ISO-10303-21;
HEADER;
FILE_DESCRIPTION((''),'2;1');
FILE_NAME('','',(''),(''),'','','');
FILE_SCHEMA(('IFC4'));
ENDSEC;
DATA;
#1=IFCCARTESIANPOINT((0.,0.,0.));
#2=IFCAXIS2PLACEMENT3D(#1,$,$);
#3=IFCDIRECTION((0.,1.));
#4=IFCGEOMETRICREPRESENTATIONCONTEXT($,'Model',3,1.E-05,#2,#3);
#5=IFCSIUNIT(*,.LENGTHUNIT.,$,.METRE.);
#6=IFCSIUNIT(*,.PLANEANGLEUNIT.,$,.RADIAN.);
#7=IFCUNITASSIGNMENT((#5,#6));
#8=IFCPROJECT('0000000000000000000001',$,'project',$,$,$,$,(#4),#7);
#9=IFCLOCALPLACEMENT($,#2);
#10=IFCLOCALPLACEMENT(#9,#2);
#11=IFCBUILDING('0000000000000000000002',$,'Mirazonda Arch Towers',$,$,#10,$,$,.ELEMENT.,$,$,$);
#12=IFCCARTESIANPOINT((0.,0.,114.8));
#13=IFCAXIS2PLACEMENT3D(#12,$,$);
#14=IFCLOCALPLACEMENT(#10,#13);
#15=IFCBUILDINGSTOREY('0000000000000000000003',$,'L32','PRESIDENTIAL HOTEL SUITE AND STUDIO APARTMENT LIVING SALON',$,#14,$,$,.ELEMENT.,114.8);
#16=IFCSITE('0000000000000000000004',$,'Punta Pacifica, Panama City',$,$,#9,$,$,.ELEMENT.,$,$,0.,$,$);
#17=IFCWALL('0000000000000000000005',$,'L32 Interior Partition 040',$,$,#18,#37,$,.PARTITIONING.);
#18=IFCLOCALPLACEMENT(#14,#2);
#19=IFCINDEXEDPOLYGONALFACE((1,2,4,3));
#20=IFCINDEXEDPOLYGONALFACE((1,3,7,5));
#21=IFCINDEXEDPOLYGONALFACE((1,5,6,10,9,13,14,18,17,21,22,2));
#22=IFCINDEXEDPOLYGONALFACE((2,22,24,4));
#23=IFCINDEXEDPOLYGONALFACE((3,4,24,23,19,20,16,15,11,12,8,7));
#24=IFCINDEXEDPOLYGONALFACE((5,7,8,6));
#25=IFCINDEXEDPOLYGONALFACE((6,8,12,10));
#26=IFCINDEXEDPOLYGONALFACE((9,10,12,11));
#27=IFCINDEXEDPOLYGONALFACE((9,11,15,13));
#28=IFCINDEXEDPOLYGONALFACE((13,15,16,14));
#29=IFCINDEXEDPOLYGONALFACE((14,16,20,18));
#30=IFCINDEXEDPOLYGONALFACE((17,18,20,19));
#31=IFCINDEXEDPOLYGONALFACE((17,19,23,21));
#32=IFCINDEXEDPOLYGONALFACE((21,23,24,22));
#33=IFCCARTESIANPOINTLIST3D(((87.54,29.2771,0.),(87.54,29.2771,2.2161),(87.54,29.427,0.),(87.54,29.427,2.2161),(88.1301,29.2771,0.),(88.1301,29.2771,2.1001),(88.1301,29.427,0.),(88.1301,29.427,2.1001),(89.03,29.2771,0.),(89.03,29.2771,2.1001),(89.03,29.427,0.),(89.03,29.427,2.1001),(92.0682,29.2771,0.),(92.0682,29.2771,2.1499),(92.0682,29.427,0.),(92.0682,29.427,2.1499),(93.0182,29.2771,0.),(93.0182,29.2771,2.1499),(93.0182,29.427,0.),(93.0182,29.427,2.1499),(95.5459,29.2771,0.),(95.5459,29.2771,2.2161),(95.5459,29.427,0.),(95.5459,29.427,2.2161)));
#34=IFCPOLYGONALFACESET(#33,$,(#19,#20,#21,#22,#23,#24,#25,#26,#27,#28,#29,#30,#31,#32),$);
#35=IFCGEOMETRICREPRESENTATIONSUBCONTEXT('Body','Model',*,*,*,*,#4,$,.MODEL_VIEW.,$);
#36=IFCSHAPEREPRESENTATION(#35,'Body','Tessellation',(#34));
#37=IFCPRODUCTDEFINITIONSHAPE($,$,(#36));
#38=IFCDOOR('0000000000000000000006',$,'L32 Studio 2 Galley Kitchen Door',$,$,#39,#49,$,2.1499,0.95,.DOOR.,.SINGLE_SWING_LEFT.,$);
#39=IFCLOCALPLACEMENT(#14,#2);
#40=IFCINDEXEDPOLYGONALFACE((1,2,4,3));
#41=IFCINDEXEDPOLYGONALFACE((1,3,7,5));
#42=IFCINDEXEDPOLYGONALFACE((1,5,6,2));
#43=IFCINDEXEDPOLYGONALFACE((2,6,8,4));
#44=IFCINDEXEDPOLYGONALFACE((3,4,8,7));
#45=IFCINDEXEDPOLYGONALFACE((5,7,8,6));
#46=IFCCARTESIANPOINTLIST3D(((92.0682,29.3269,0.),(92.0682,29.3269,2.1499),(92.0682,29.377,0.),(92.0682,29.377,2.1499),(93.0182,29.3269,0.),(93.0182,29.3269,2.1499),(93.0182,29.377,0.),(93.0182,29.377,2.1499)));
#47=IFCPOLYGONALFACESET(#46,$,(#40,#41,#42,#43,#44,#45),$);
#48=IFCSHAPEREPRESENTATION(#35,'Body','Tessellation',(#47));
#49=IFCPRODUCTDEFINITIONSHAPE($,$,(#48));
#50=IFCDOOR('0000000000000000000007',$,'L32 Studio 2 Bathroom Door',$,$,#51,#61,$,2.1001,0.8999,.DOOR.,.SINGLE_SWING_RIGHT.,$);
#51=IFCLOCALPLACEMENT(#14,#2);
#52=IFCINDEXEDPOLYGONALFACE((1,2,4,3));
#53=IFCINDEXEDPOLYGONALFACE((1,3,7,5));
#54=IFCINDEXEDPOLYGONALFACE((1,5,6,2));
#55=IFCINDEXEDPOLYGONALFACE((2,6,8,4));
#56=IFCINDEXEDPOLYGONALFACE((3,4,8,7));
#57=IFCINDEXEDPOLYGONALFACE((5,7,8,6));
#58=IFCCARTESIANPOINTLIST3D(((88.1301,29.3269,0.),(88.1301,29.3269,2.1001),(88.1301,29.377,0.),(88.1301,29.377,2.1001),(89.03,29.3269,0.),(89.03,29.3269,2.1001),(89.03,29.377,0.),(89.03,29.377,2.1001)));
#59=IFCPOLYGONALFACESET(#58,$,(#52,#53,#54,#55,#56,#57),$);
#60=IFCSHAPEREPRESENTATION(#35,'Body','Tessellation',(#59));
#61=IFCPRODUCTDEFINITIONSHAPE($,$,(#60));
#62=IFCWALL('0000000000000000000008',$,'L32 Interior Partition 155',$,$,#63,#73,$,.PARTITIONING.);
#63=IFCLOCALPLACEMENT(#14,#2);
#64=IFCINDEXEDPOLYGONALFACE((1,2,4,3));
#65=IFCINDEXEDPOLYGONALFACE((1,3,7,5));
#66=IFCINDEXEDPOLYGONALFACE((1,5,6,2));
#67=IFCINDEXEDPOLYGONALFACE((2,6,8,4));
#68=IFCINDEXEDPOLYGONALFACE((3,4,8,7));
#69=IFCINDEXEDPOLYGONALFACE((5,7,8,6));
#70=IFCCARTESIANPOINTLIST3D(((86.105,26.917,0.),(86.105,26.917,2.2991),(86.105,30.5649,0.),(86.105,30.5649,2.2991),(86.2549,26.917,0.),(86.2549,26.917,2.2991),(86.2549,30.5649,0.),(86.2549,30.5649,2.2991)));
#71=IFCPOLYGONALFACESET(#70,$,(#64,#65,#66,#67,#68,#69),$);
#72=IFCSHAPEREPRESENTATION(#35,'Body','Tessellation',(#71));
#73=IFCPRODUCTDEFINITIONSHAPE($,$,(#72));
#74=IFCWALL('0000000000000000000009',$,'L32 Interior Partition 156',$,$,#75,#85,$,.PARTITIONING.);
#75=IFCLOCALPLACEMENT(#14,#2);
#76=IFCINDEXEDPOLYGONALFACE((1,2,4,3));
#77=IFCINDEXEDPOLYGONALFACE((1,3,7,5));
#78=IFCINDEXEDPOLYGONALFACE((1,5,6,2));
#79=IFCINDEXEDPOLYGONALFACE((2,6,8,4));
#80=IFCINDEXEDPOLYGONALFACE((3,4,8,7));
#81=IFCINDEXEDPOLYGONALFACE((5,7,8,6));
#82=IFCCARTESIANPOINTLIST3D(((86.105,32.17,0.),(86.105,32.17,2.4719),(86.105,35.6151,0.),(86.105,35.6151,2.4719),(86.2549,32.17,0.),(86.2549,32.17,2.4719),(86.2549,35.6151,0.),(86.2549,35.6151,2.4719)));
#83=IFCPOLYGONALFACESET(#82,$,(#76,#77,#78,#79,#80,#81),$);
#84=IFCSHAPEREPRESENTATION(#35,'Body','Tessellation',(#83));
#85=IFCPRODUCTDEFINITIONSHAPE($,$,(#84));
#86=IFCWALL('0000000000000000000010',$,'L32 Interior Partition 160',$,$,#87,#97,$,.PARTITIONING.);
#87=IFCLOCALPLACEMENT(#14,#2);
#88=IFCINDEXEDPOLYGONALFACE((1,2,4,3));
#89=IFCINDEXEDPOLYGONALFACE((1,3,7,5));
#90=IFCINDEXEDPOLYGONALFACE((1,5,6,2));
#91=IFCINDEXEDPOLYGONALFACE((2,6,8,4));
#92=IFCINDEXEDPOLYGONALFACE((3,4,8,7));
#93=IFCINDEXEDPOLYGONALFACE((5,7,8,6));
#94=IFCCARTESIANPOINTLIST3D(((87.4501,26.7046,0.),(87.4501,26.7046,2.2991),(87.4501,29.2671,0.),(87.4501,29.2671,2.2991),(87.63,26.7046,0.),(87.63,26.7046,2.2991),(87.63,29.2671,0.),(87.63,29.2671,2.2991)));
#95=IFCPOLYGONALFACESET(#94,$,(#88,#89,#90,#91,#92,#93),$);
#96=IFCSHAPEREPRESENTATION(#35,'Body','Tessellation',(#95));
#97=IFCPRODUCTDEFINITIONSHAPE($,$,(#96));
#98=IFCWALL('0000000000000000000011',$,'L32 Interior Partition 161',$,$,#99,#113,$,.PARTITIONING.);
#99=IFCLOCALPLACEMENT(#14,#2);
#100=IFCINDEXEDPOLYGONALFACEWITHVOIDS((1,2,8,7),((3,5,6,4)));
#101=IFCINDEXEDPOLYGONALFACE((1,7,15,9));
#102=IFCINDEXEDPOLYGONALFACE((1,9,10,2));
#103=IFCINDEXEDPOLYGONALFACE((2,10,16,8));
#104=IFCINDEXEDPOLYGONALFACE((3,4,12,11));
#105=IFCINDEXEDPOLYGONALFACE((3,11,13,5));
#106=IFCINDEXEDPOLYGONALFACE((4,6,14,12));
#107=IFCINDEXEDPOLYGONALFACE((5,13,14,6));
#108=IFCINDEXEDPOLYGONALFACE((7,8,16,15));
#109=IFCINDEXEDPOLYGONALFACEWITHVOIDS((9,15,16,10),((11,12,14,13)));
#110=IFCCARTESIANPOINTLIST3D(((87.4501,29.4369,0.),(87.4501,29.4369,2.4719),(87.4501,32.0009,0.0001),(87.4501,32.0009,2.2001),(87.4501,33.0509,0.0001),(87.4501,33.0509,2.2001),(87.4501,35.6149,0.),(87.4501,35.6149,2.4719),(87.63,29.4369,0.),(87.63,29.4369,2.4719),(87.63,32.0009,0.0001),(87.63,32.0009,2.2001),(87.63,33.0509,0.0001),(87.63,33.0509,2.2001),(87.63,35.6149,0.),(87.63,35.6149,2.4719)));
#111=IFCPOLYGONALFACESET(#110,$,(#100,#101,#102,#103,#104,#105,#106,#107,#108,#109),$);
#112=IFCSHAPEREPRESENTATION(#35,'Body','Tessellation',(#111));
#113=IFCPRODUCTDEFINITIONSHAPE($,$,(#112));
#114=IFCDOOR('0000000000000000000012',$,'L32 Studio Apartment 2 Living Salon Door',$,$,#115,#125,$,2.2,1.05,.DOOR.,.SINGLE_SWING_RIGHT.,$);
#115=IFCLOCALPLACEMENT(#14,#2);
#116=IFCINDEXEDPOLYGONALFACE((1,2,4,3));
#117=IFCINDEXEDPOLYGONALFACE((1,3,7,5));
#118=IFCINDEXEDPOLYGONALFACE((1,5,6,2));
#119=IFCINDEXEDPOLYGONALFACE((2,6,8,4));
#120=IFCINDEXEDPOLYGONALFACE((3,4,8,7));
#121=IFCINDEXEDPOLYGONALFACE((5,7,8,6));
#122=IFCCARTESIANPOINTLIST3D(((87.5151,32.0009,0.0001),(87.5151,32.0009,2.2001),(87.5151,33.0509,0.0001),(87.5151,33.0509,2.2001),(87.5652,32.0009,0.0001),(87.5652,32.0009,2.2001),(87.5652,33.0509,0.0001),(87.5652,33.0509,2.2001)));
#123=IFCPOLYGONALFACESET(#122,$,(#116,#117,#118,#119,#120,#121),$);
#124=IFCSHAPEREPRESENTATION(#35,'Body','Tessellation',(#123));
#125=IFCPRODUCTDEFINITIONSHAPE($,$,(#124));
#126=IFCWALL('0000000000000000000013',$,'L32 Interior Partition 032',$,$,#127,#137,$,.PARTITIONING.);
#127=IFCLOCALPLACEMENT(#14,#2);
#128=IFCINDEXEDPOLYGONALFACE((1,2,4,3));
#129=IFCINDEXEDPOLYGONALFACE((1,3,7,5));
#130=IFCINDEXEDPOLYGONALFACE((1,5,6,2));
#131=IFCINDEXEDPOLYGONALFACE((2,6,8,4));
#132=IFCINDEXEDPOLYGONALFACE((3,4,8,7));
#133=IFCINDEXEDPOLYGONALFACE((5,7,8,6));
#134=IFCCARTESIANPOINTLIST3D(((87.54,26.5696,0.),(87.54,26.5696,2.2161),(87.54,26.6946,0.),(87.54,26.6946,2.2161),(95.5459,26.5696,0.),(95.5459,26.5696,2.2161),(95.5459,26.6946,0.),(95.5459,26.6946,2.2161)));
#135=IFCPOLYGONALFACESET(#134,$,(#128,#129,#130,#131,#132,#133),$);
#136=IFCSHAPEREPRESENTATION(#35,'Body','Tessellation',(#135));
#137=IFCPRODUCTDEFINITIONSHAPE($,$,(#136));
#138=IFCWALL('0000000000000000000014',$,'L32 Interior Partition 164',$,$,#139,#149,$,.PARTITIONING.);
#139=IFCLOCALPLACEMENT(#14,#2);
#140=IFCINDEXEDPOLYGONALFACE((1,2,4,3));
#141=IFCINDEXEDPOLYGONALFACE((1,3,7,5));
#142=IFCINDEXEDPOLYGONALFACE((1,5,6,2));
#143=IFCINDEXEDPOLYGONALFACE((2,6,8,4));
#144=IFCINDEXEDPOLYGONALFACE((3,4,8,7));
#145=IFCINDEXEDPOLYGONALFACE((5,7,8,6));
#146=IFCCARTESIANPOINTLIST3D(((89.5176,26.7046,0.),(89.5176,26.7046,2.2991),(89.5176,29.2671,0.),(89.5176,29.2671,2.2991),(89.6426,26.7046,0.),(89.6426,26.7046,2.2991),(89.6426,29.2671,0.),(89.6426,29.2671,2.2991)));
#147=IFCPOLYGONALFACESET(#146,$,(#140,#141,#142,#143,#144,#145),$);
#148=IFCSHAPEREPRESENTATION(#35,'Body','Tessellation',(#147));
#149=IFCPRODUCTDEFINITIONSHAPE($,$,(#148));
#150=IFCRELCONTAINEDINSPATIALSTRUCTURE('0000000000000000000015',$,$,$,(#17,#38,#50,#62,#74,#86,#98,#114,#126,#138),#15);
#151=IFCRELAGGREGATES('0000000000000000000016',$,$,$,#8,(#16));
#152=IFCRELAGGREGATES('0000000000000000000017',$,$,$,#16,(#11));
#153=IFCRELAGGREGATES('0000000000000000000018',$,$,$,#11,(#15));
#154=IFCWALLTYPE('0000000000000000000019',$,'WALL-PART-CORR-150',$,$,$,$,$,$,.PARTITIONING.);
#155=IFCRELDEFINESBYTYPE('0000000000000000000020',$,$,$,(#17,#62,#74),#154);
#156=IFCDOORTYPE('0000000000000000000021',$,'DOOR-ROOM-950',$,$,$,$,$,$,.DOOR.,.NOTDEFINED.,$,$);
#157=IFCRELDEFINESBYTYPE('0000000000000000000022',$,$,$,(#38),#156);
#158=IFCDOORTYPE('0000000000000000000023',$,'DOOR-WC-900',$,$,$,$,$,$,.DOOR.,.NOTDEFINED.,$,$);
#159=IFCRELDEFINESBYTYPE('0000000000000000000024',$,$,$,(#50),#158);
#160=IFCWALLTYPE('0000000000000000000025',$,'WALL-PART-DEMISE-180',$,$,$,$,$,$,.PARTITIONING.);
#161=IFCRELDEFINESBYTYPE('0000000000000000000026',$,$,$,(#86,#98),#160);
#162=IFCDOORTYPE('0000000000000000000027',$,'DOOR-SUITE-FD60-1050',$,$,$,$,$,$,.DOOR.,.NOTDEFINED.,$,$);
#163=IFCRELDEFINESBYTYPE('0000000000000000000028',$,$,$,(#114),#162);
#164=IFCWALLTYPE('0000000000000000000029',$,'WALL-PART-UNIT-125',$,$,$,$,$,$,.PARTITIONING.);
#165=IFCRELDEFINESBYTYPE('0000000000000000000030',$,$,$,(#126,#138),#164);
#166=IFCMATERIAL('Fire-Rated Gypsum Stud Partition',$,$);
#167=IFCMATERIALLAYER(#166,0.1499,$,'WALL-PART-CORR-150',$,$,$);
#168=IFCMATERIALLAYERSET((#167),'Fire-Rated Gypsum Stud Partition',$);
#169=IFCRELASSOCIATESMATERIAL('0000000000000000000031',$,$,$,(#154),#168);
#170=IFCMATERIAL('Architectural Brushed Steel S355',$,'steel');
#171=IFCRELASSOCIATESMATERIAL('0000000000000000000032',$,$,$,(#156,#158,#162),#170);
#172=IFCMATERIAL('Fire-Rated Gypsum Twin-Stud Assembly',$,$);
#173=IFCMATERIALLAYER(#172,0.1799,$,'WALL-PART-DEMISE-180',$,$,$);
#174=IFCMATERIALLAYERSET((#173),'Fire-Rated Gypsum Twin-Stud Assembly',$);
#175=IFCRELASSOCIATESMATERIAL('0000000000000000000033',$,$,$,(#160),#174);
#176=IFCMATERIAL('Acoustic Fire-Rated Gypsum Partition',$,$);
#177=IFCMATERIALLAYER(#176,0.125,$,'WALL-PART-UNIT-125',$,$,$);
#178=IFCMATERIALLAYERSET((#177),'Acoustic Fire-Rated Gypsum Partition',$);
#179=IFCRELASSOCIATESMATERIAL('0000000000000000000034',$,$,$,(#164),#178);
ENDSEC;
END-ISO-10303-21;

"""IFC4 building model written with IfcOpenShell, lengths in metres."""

from ifc_helpers import new_model, si_unit, direction, frame, frame_2d, origin, place, context, subcontext, project, spatial, rectangle, extrude, material, layer, layer_set, type_object, element, fill, save


model = new_model("IFC4")

# Units and contexts
model_context = context("Model", 3, precision=1e-05, world=origin(), true_north=direction((0.0, 1.0)))
body_context = subcontext(model_context, "Body", "Model", "MODEL_VIEW")
ifc_project = project(units=[si_unit("LENGTHUNIT", "METRE"), si_unit("PLANEANGLEUNIT", "RADIAN")], contexts=[model_context])

# Site, building, storey
site_placement = place(None, origin())
site = spatial("IfcSite", under=ifc_project, at=site_placement, Name="Punta Pacifica, Panama City", CompositionType="ELEMENT", RefElevation=0.0)
building_placement = place(site_placement, origin())
building = spatial("IfcBuilding", under=site, at=building_placement, Name="Mirazonda Arch Towers", CompositionType="ELEMENT")
storey_placement = place(building_placement, frame((0.0, 0.0, 114.8)))
storey = spatial("IfcBuildingStorey", under=building, at=storey_placement, Name="L32", Description="PRESIDENTIAL HOTEL SUITE AND STUDIO APARTMENT LIVING SALON", CompositionType="ELEMENT", Elevation=114.8)

# Wall, openings, doors
ifc_material_1 = material(Name="Fire-Rated Gypsum Stud Partition")
ifc_layer_1 = layer(ifc_material_1, 0.1499, Name="WALL-PART-CORR-150")
ifc_layer_set_1 = layer_set([ifc_layer_1], Name="Fire-Rated Gypsum Stud Partition")
wall_type_1 = type_object("IfcWallType", Name="WALL-PART-CORR-150", PredefinedType="PARTITIONING", material=ifc_layer_set_1)
wall_1_placement = place(storey_placement, frame((87.54, 29.3521, 0.0), z_axis=(0.0, 0.0, 1.0), x_axis=(1.0, 0.0, 0.0)))
wall_1 = element("IfcWall", 1, at=wall_1_placement, inside=storey, type_object=wall_type_1, Name="L32 Interior Partition 040", PredefinedType="PARTITIONING", context=body_context, shape_type="SweptSolid", body=[
    extrude(rectangle(XDim=8.0059, YDim=0.1499, at=frame_2d((4.0029, 0.0))), origin(), (0.0, 0.0, 1.0), 2.2161),
])
opening_1_placement = place(wall_1_placement, frame((4.5281, 0.0, 0.0)))
opening_1 = element("IfcOpeningElement", 2, at=opening_1_placement, cuts=wall_1, PredefinedType="OPENING", context=body_context, shape_type="SweptSolid", body=[
    extrude(rectangle(XDim=0.95, YDim=2.1499, at=frame_2d((0.4751, 1.075))), frame((0.0, 0.085, 0.0), z_axis=(0.0, -1.0, 0.0), x_axis=(1.0, 0.0, 0.0)), (0.0, 0.0, 1.0), 0.1699),
])
opening_2_placement = place(wall_1_placement, frame((0.5901, 0.0, 0.0)))
opening_2 = element("IfcOpeningElement", 3, at=opening_2_placement, cuts=wall_1, PredefinedType="OPENING", context=body_context, shape_type="SweptSolid", body=[
    extrude(rectangle(XDim=0.8999, YDim=2.1001, at=frame_2d((0.45, 1.05))), frame((0.0, 0.085, 0.0), z_axis=(0.0, -1.0, 0.0), x_axis=(1.0, 0.0, 0.0)), (0.0, 0.0, 1.0), 0.1699),
])
ifc_material_2 = material(Name="Architectural Brushed Steel S355", Category="steel")
door_type_1 = type_object("IfcDoorType", Name="DOOR-ROOM-950", OperationType="NOTDEFINED", PredefinedType="DOOR", material=ifc_material_2)
door_1_placement = place(opening_1_placement, origin())
door_1 = element("IfcDoor", 4, at=door_1_placement, inside=storey, type_object=door_type_1, Name="L32 Studio 2 Galley Kitchen Door", OperationType="SINGLE_SWING_LEFT", OverallHeight=2.1499, OverallWidth=0.95, PredefinedType="DOOR", context=body_context, shape_type="SweptSolid", body=[
    extrude(rectangle(XDim=0.95, YDim=2.1499, at=frame_2d((0.4751, 1.075))), frame((0.0, 0.0249, 0.0), z_axis=(0.0, -1.0, 0.0), x_axis=(1.0, 0.0, 0.0)), (0.0, 0.0, 1.0), 0.05),
])
fill(opening_1, door_1)
door_type_2 = type_object("IfcDoorType", Name="DOOR-WC-900", OperationType="NOTDEFINED", PredefinedType="DOOR", material=ifc_material_2)
door_2_placement = place(opening_2_placement, origin())
door_2 = element("IfcDoor", 5, at=door_2_placement, inside=storey, type_object=door_type_2, Name="L32 Studio 2 Bathroom Door", OperationType="SINGLE_SWING_RIGHT", OverallHeight=2.1001, OverallWidth=0.8999, PredefinedType="DOOR", context=body_context, shape_type="SweptSolid", body=[
    extrude(rectangle(XDim=0.8999, YDim=2.1001, at=frame_2d((0.45, 1.05))), frame((0.0, 0.0249, 0.0), z_axis=(0.0, -1.0, 0.0), x_axis=(1.0, 0.0, 0.0)), (0.0, 0.0, 1.0), 0.05),
])
fill(opening_2, door_2)

# Walls
wall_2_placement = place(storey_placement, frame((86.1799, 26.917, 0.0), z_axis=(0.0, 0.0, 1.0), x_axis=(0.0, 1.0, 0.0)))
element("IfcWall", 6, at=wall_2_placement, inside=storey, type_object=wall_type_1, Name="L32 Interior Partition 155", PredefinedType="PARTITIONING", context=body_context, shape_type="SweptSolid", body=[
    extrude(rectangle(XDim=3.6479, YDim=0.1499, at=frame_2d((1.824, 0.0))), origin(), (0.0, 0.0, 1.0), 2.2991),
])
wall_3_placement = place(storey_placement, frame((86.1799, 32.1699, 0.0), z_axis=(0.0, 0.0, 1.0), x_axis=(0.0, 1.0, 0.0)))
element("IfcWall", 7, at=wall_3_placement, inside=storey, type_object=wall_type_1, Name="L32 Interior Partition 156", PredefinedType="PARTITIONING", context=body_context, shape_type="SweptSolid", body=[
    extrude(rectangle(XDim=3.4451, YDim=0.1499, at=frame_2d((1.7227, 0.0))), origin(), (0.0, 0.0, 1.0), 2.4719),
])
ifc_material_3 = material(Name="Fire-Rated Gypsum Twin-Stud Assembly")
ifc_layer_2 = layer(ifc_material_3, 0.1799, Name="WALL-PART-DEMISE-180")
ifc_layer_set_2 = layer_set([ifc_layer_2], Name="Fire-Rated Gypsum Twin-Stud Assembly")
wall_type_2 = type_object("IfcWallType", Name="WALL-PART-DEMISE-180", PredefinedType="PARTITIONING", material=ifc_layer_set_2)
wall_4_placement = place(storey_placement, frame((87.54, 26.7046, 0.0), z_axis=(0.0, 0.0, 1.0), x_axis=(0.0, 1.0, 0.0)))
element("IfcWall", 8, at=wall_4_placement, inside=storey, type_object=wall_type_2, Name="L32 Interior Partition 160", PredefinedType="PARTITIONING", context=body_context, shape_type="SweptSolid", body=[
    extrude(rectangle(XDim=2.5625, YDim=0.1799, at=frame_2d((1.2812, 0.0))), origin(), (0.0, 0.0, 1.0), 2.2991),
])

# Wall, opening, door
wall_5_placement = place(storey_placement, frame((87.54, 29.437, 0.0), z_axis=(0.0, 0.0, 1.0), x_axis=(0.0, 1.0, 0.0)))
wall_5 = element("IfcWall", 9, at=wall_5_placement, inside=storey, type_object=wall_type_2, Name="L32 Interior Partition 161", PredefinedType="PARTITIONING", context=body_context, shape_type="SweptSolid", body=[
    extrude(rectangle(XDim=6.178, YDim=0.1799, at=frame_2d((3.0889, 0.0))), origin(), (0.0, 0.0, 1.0), 2.4719),
])
opening_3_placement = place(wall_5_placement, frame((2.564, 0.0, 0.0)))
opening_3 = element("IfcOpeningElement", 10, at=opening_3_placement, cuts=wall_5, PredefinedType="OPENING", context=body_context, shape_type="SweptSolid", body=[
    extrude(rectangle(XDim=1.05, YDim=2.2, at=frame_2d((0.5249, 1.1001))), frame((0.0, 0.0999, 0.0), z_axis=(0.0, -1.0, 0.0), x_axis=(1.0, 0.0, 0.0)), (0.0, 0.0, 1.0), 0.2),
])
door_type_3 = type_object("IfcDoorType", Name="DOOR-SUITE-FD60-1050", OperationType="NOTDEFINED", PredefinedType="DOOR", material=ifc_material_2)
door_3_placement = place(opening_3_placement, origin())
door_3 = element("IfcDoor", 11, at=door_3_placement, inside=storey, type_object=door_type_3, Name="L32 Studio Apartment 2 Living Salon Door", OperationType="SINGLE_SWING_RIGHT", OverallHeight=2.2, OverallWidth=1.05, PredefinedType="DOOR", context=body_context, shape_type="SweptSolid", body=[
    extrude(rectangle(XDim=1.05, YDim=2.2, at=frame_2d((0.5249, 1.1001))), frame((0.0, 0.0249, 0.0), z_axis=(0.0, -1.0, 0.0), x_axis=(1.0, 0.0, 0.0)), (0.0, 0.0, 1.0), 0.05),
])
fill(opening_3, door_3)

# Walls
ifc_material_4 = material(Name="Acoustic Fire-Rated Gypsum Partition")
ifc_layer_3 = layer(ifc_material_4, 0.125, Name="WALL-PART-UNIT-125")
ifc_layer_set_3 = layer_set([ifc_layer_3], Name="Acoustic Fire-Rated Gypsum Partition")
wall_type_3 = type_object("IfcWallType", Name="WALL-PART-UNIT-125", PredefinedType="PARTITIONING", material=ifc_layer_set_3)
wall_6_placement = place(storey_placement, frame((87.54, 26.6321, 0.0), z_axis=(0.0, 0.0, 1.0), x_axis=(1.0, 0.0, 0.0)))
element("IfcWall", 12, at=wall_6_placement, inside=storey, type_object=wall_type_3, Name="L32 Interior Partition 032", PredefinedType="PARTITIONING", context=body_context, shape_type="SweptSolid", body=[
    extrude(rectangle(XDim=8.0059, YDim=0.125, at=frame_2d((4.0029, 0.0))), origin(), (0.0, 0.0, 1.0), 2.2161),
])
wall_7_placement = place(storey_placement, frame((89.5801, 26.7046, 0.0), z_axis=(0.0, 0.0, 1.0), x_axis=(0.0, 1.0, 0.0)))
element("IfcWall", 13, at=wall_7_placement, inside=storey, type_object=wall_type_3, Name="L32 Interior Partition 164", PredefinedType="PARTITIONING", context=body_context, shape_type="SweptSolid", body=[
    extrude(rectangle(XDim=2.5625, YDim=0.125, at=frame_2d((1.2812, 0.0))), origin(), (0.0, 0.0, 1.0), 2.2991),
])

save(model, "model.ifc")
